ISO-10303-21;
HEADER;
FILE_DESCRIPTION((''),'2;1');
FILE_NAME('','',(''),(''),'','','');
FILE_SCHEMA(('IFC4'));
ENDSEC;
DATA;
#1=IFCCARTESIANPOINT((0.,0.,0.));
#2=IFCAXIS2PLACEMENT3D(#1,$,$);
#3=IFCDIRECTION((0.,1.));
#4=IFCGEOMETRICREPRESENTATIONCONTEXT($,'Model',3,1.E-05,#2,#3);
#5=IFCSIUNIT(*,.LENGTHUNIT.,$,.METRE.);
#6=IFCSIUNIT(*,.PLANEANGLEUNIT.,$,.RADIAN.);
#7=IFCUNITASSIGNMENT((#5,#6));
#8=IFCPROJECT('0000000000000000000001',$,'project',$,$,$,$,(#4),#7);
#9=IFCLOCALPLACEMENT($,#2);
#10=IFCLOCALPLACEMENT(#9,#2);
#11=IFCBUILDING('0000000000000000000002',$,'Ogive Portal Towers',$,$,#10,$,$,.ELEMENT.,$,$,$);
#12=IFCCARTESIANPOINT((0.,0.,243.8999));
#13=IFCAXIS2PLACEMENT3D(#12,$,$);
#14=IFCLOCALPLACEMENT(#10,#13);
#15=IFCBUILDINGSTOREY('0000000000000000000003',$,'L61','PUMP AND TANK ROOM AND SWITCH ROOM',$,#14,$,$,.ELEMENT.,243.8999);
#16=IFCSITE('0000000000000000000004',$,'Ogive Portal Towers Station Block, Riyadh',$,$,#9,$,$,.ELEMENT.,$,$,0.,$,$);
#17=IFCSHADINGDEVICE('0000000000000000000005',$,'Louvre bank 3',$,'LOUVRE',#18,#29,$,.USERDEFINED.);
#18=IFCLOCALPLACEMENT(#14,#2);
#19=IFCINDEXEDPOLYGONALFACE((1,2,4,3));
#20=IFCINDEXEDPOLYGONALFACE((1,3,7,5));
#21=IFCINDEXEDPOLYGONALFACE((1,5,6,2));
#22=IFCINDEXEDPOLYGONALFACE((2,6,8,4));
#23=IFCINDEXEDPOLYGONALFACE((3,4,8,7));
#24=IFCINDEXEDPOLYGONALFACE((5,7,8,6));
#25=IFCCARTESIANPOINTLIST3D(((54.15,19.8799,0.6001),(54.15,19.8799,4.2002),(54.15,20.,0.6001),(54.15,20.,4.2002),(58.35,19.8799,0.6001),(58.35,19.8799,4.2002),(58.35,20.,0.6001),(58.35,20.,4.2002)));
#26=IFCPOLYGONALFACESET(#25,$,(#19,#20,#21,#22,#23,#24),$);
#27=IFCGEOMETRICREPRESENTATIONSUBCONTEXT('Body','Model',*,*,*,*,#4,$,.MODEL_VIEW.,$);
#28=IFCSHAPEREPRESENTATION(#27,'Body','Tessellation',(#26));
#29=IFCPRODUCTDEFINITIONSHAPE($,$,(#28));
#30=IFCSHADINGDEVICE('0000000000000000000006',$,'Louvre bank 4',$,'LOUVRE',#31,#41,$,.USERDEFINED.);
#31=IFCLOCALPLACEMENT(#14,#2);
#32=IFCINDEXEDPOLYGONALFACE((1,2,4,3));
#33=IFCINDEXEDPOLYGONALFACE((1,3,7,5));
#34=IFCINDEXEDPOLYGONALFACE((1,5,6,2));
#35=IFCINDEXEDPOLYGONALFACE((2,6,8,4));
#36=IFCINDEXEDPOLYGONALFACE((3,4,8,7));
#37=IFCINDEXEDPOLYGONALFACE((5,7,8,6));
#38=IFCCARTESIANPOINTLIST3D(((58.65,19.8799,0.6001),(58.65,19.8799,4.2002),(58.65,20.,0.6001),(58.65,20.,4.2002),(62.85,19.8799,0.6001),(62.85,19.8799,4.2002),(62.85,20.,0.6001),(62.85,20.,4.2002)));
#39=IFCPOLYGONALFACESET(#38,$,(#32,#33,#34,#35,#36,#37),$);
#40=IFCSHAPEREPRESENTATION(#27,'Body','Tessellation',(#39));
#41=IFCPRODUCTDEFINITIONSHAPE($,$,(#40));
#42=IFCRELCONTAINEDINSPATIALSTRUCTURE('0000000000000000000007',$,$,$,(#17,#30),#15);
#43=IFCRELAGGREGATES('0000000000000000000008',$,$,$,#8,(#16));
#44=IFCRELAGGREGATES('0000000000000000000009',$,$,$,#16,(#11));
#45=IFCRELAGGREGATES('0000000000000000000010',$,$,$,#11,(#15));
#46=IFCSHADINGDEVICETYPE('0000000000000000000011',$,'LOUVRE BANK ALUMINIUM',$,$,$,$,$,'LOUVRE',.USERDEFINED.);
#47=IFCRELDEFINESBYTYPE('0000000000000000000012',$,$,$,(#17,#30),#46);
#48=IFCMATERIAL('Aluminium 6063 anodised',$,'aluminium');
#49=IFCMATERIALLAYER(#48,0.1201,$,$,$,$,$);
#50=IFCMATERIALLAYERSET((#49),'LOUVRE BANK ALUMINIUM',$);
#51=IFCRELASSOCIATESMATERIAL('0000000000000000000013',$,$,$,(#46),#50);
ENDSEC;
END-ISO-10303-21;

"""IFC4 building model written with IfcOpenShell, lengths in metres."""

from ifc_helpers import new_model, si_unit, direction, frame, origin, origin_2d, place, context, subcontext, project, spatial, rectangle, extrude, material, layer, layer_set, type_object, element, save


model = new_model("IFC4")

# Units and contexts
model_context = context("Model", 3, precision=1e-05, world=origin(), true_north=direction((0.0, 1.0)))
body_context = subcontext(model_context, "Body", "Model", "MODEL_VIEW")
ifc_project = project(units=[si_unit("LENGTHUNIT", "METRE"), si_unit("PLANEANGLEUNIT", "RADIAN")], contexts=[model_context])

# Site, building, storey
site_placement = place(None, origin())
site = spatial("IfcSite", under=ifc_project, at=site_placement, Name="Ogive Portal Towers Station Block, Riyadh", CompositionType="ELEMENT", RefElevation=0.0)
building_placement = place(site_placement, origin())
building = spatial("IfcBuilding", under=site, at=building_placement, Name="Ogive Portal Towers", CompositionType="ELEMENT")
storey_placement = place(building_placement, frame((0.0, 0.0, 243.8999)))
storey = spatial("IfcBuildingStorey", under=building, at=storey_placement, Name="L61", Description="PUMP AND TANK ROOM AND SWITCH ROOM", CompositionType="ELEMENT", Elevation=243.8999)

# Shading devices
ifc_material_1 = material(Name="Aluminium 6063 anodised", Category="aluminium")
ifc_layer_1 = layer(ifc_material_1, 0.1201)
ifc_layer_set_1 = layer_set([ifc_layer_1], Name="LOUVRE BANK ALUMINIUM")
shading_device_type = type_object("IfcShadingDeviceType", Name="LOUVRE BANK ALUMINIUM", ElementType="LOUVRE", PredefinedType="USERDEFINED", material=ifc_layer_set_1)
for number, where, z_axis, x_axis, name in (
    (1, (56.25, 19.9399, 0.6001), (0.0, 0.0, 1.0), (1.0, 0.0, 0.0), "Louvre bank 3"),
    (2, (60.75, 19.9399, 0.6001), (0.0, 0.0, 1.0), (1.0, 0.0, 0.0), "Louvre bank 4"),
):
    element("IfcShadingDevice", number, at=place(storey_placement, frame(where, z_axis=z_axis, x_axis=x_axis)), inside=storey, type_object=shading_device_type, Name=name, ObjectType="LOUVRE", PredefinedType="USERDEFINED", context=body_context, shape_type="SweptSolid", body=[
        extrude(rectangle(XDim=4.2, YDim=0.1201, at=origin_2d()), origin(), (0.0, 0.0, 1.0), 3.6001),
    ])

save(model, "model.ifc")
